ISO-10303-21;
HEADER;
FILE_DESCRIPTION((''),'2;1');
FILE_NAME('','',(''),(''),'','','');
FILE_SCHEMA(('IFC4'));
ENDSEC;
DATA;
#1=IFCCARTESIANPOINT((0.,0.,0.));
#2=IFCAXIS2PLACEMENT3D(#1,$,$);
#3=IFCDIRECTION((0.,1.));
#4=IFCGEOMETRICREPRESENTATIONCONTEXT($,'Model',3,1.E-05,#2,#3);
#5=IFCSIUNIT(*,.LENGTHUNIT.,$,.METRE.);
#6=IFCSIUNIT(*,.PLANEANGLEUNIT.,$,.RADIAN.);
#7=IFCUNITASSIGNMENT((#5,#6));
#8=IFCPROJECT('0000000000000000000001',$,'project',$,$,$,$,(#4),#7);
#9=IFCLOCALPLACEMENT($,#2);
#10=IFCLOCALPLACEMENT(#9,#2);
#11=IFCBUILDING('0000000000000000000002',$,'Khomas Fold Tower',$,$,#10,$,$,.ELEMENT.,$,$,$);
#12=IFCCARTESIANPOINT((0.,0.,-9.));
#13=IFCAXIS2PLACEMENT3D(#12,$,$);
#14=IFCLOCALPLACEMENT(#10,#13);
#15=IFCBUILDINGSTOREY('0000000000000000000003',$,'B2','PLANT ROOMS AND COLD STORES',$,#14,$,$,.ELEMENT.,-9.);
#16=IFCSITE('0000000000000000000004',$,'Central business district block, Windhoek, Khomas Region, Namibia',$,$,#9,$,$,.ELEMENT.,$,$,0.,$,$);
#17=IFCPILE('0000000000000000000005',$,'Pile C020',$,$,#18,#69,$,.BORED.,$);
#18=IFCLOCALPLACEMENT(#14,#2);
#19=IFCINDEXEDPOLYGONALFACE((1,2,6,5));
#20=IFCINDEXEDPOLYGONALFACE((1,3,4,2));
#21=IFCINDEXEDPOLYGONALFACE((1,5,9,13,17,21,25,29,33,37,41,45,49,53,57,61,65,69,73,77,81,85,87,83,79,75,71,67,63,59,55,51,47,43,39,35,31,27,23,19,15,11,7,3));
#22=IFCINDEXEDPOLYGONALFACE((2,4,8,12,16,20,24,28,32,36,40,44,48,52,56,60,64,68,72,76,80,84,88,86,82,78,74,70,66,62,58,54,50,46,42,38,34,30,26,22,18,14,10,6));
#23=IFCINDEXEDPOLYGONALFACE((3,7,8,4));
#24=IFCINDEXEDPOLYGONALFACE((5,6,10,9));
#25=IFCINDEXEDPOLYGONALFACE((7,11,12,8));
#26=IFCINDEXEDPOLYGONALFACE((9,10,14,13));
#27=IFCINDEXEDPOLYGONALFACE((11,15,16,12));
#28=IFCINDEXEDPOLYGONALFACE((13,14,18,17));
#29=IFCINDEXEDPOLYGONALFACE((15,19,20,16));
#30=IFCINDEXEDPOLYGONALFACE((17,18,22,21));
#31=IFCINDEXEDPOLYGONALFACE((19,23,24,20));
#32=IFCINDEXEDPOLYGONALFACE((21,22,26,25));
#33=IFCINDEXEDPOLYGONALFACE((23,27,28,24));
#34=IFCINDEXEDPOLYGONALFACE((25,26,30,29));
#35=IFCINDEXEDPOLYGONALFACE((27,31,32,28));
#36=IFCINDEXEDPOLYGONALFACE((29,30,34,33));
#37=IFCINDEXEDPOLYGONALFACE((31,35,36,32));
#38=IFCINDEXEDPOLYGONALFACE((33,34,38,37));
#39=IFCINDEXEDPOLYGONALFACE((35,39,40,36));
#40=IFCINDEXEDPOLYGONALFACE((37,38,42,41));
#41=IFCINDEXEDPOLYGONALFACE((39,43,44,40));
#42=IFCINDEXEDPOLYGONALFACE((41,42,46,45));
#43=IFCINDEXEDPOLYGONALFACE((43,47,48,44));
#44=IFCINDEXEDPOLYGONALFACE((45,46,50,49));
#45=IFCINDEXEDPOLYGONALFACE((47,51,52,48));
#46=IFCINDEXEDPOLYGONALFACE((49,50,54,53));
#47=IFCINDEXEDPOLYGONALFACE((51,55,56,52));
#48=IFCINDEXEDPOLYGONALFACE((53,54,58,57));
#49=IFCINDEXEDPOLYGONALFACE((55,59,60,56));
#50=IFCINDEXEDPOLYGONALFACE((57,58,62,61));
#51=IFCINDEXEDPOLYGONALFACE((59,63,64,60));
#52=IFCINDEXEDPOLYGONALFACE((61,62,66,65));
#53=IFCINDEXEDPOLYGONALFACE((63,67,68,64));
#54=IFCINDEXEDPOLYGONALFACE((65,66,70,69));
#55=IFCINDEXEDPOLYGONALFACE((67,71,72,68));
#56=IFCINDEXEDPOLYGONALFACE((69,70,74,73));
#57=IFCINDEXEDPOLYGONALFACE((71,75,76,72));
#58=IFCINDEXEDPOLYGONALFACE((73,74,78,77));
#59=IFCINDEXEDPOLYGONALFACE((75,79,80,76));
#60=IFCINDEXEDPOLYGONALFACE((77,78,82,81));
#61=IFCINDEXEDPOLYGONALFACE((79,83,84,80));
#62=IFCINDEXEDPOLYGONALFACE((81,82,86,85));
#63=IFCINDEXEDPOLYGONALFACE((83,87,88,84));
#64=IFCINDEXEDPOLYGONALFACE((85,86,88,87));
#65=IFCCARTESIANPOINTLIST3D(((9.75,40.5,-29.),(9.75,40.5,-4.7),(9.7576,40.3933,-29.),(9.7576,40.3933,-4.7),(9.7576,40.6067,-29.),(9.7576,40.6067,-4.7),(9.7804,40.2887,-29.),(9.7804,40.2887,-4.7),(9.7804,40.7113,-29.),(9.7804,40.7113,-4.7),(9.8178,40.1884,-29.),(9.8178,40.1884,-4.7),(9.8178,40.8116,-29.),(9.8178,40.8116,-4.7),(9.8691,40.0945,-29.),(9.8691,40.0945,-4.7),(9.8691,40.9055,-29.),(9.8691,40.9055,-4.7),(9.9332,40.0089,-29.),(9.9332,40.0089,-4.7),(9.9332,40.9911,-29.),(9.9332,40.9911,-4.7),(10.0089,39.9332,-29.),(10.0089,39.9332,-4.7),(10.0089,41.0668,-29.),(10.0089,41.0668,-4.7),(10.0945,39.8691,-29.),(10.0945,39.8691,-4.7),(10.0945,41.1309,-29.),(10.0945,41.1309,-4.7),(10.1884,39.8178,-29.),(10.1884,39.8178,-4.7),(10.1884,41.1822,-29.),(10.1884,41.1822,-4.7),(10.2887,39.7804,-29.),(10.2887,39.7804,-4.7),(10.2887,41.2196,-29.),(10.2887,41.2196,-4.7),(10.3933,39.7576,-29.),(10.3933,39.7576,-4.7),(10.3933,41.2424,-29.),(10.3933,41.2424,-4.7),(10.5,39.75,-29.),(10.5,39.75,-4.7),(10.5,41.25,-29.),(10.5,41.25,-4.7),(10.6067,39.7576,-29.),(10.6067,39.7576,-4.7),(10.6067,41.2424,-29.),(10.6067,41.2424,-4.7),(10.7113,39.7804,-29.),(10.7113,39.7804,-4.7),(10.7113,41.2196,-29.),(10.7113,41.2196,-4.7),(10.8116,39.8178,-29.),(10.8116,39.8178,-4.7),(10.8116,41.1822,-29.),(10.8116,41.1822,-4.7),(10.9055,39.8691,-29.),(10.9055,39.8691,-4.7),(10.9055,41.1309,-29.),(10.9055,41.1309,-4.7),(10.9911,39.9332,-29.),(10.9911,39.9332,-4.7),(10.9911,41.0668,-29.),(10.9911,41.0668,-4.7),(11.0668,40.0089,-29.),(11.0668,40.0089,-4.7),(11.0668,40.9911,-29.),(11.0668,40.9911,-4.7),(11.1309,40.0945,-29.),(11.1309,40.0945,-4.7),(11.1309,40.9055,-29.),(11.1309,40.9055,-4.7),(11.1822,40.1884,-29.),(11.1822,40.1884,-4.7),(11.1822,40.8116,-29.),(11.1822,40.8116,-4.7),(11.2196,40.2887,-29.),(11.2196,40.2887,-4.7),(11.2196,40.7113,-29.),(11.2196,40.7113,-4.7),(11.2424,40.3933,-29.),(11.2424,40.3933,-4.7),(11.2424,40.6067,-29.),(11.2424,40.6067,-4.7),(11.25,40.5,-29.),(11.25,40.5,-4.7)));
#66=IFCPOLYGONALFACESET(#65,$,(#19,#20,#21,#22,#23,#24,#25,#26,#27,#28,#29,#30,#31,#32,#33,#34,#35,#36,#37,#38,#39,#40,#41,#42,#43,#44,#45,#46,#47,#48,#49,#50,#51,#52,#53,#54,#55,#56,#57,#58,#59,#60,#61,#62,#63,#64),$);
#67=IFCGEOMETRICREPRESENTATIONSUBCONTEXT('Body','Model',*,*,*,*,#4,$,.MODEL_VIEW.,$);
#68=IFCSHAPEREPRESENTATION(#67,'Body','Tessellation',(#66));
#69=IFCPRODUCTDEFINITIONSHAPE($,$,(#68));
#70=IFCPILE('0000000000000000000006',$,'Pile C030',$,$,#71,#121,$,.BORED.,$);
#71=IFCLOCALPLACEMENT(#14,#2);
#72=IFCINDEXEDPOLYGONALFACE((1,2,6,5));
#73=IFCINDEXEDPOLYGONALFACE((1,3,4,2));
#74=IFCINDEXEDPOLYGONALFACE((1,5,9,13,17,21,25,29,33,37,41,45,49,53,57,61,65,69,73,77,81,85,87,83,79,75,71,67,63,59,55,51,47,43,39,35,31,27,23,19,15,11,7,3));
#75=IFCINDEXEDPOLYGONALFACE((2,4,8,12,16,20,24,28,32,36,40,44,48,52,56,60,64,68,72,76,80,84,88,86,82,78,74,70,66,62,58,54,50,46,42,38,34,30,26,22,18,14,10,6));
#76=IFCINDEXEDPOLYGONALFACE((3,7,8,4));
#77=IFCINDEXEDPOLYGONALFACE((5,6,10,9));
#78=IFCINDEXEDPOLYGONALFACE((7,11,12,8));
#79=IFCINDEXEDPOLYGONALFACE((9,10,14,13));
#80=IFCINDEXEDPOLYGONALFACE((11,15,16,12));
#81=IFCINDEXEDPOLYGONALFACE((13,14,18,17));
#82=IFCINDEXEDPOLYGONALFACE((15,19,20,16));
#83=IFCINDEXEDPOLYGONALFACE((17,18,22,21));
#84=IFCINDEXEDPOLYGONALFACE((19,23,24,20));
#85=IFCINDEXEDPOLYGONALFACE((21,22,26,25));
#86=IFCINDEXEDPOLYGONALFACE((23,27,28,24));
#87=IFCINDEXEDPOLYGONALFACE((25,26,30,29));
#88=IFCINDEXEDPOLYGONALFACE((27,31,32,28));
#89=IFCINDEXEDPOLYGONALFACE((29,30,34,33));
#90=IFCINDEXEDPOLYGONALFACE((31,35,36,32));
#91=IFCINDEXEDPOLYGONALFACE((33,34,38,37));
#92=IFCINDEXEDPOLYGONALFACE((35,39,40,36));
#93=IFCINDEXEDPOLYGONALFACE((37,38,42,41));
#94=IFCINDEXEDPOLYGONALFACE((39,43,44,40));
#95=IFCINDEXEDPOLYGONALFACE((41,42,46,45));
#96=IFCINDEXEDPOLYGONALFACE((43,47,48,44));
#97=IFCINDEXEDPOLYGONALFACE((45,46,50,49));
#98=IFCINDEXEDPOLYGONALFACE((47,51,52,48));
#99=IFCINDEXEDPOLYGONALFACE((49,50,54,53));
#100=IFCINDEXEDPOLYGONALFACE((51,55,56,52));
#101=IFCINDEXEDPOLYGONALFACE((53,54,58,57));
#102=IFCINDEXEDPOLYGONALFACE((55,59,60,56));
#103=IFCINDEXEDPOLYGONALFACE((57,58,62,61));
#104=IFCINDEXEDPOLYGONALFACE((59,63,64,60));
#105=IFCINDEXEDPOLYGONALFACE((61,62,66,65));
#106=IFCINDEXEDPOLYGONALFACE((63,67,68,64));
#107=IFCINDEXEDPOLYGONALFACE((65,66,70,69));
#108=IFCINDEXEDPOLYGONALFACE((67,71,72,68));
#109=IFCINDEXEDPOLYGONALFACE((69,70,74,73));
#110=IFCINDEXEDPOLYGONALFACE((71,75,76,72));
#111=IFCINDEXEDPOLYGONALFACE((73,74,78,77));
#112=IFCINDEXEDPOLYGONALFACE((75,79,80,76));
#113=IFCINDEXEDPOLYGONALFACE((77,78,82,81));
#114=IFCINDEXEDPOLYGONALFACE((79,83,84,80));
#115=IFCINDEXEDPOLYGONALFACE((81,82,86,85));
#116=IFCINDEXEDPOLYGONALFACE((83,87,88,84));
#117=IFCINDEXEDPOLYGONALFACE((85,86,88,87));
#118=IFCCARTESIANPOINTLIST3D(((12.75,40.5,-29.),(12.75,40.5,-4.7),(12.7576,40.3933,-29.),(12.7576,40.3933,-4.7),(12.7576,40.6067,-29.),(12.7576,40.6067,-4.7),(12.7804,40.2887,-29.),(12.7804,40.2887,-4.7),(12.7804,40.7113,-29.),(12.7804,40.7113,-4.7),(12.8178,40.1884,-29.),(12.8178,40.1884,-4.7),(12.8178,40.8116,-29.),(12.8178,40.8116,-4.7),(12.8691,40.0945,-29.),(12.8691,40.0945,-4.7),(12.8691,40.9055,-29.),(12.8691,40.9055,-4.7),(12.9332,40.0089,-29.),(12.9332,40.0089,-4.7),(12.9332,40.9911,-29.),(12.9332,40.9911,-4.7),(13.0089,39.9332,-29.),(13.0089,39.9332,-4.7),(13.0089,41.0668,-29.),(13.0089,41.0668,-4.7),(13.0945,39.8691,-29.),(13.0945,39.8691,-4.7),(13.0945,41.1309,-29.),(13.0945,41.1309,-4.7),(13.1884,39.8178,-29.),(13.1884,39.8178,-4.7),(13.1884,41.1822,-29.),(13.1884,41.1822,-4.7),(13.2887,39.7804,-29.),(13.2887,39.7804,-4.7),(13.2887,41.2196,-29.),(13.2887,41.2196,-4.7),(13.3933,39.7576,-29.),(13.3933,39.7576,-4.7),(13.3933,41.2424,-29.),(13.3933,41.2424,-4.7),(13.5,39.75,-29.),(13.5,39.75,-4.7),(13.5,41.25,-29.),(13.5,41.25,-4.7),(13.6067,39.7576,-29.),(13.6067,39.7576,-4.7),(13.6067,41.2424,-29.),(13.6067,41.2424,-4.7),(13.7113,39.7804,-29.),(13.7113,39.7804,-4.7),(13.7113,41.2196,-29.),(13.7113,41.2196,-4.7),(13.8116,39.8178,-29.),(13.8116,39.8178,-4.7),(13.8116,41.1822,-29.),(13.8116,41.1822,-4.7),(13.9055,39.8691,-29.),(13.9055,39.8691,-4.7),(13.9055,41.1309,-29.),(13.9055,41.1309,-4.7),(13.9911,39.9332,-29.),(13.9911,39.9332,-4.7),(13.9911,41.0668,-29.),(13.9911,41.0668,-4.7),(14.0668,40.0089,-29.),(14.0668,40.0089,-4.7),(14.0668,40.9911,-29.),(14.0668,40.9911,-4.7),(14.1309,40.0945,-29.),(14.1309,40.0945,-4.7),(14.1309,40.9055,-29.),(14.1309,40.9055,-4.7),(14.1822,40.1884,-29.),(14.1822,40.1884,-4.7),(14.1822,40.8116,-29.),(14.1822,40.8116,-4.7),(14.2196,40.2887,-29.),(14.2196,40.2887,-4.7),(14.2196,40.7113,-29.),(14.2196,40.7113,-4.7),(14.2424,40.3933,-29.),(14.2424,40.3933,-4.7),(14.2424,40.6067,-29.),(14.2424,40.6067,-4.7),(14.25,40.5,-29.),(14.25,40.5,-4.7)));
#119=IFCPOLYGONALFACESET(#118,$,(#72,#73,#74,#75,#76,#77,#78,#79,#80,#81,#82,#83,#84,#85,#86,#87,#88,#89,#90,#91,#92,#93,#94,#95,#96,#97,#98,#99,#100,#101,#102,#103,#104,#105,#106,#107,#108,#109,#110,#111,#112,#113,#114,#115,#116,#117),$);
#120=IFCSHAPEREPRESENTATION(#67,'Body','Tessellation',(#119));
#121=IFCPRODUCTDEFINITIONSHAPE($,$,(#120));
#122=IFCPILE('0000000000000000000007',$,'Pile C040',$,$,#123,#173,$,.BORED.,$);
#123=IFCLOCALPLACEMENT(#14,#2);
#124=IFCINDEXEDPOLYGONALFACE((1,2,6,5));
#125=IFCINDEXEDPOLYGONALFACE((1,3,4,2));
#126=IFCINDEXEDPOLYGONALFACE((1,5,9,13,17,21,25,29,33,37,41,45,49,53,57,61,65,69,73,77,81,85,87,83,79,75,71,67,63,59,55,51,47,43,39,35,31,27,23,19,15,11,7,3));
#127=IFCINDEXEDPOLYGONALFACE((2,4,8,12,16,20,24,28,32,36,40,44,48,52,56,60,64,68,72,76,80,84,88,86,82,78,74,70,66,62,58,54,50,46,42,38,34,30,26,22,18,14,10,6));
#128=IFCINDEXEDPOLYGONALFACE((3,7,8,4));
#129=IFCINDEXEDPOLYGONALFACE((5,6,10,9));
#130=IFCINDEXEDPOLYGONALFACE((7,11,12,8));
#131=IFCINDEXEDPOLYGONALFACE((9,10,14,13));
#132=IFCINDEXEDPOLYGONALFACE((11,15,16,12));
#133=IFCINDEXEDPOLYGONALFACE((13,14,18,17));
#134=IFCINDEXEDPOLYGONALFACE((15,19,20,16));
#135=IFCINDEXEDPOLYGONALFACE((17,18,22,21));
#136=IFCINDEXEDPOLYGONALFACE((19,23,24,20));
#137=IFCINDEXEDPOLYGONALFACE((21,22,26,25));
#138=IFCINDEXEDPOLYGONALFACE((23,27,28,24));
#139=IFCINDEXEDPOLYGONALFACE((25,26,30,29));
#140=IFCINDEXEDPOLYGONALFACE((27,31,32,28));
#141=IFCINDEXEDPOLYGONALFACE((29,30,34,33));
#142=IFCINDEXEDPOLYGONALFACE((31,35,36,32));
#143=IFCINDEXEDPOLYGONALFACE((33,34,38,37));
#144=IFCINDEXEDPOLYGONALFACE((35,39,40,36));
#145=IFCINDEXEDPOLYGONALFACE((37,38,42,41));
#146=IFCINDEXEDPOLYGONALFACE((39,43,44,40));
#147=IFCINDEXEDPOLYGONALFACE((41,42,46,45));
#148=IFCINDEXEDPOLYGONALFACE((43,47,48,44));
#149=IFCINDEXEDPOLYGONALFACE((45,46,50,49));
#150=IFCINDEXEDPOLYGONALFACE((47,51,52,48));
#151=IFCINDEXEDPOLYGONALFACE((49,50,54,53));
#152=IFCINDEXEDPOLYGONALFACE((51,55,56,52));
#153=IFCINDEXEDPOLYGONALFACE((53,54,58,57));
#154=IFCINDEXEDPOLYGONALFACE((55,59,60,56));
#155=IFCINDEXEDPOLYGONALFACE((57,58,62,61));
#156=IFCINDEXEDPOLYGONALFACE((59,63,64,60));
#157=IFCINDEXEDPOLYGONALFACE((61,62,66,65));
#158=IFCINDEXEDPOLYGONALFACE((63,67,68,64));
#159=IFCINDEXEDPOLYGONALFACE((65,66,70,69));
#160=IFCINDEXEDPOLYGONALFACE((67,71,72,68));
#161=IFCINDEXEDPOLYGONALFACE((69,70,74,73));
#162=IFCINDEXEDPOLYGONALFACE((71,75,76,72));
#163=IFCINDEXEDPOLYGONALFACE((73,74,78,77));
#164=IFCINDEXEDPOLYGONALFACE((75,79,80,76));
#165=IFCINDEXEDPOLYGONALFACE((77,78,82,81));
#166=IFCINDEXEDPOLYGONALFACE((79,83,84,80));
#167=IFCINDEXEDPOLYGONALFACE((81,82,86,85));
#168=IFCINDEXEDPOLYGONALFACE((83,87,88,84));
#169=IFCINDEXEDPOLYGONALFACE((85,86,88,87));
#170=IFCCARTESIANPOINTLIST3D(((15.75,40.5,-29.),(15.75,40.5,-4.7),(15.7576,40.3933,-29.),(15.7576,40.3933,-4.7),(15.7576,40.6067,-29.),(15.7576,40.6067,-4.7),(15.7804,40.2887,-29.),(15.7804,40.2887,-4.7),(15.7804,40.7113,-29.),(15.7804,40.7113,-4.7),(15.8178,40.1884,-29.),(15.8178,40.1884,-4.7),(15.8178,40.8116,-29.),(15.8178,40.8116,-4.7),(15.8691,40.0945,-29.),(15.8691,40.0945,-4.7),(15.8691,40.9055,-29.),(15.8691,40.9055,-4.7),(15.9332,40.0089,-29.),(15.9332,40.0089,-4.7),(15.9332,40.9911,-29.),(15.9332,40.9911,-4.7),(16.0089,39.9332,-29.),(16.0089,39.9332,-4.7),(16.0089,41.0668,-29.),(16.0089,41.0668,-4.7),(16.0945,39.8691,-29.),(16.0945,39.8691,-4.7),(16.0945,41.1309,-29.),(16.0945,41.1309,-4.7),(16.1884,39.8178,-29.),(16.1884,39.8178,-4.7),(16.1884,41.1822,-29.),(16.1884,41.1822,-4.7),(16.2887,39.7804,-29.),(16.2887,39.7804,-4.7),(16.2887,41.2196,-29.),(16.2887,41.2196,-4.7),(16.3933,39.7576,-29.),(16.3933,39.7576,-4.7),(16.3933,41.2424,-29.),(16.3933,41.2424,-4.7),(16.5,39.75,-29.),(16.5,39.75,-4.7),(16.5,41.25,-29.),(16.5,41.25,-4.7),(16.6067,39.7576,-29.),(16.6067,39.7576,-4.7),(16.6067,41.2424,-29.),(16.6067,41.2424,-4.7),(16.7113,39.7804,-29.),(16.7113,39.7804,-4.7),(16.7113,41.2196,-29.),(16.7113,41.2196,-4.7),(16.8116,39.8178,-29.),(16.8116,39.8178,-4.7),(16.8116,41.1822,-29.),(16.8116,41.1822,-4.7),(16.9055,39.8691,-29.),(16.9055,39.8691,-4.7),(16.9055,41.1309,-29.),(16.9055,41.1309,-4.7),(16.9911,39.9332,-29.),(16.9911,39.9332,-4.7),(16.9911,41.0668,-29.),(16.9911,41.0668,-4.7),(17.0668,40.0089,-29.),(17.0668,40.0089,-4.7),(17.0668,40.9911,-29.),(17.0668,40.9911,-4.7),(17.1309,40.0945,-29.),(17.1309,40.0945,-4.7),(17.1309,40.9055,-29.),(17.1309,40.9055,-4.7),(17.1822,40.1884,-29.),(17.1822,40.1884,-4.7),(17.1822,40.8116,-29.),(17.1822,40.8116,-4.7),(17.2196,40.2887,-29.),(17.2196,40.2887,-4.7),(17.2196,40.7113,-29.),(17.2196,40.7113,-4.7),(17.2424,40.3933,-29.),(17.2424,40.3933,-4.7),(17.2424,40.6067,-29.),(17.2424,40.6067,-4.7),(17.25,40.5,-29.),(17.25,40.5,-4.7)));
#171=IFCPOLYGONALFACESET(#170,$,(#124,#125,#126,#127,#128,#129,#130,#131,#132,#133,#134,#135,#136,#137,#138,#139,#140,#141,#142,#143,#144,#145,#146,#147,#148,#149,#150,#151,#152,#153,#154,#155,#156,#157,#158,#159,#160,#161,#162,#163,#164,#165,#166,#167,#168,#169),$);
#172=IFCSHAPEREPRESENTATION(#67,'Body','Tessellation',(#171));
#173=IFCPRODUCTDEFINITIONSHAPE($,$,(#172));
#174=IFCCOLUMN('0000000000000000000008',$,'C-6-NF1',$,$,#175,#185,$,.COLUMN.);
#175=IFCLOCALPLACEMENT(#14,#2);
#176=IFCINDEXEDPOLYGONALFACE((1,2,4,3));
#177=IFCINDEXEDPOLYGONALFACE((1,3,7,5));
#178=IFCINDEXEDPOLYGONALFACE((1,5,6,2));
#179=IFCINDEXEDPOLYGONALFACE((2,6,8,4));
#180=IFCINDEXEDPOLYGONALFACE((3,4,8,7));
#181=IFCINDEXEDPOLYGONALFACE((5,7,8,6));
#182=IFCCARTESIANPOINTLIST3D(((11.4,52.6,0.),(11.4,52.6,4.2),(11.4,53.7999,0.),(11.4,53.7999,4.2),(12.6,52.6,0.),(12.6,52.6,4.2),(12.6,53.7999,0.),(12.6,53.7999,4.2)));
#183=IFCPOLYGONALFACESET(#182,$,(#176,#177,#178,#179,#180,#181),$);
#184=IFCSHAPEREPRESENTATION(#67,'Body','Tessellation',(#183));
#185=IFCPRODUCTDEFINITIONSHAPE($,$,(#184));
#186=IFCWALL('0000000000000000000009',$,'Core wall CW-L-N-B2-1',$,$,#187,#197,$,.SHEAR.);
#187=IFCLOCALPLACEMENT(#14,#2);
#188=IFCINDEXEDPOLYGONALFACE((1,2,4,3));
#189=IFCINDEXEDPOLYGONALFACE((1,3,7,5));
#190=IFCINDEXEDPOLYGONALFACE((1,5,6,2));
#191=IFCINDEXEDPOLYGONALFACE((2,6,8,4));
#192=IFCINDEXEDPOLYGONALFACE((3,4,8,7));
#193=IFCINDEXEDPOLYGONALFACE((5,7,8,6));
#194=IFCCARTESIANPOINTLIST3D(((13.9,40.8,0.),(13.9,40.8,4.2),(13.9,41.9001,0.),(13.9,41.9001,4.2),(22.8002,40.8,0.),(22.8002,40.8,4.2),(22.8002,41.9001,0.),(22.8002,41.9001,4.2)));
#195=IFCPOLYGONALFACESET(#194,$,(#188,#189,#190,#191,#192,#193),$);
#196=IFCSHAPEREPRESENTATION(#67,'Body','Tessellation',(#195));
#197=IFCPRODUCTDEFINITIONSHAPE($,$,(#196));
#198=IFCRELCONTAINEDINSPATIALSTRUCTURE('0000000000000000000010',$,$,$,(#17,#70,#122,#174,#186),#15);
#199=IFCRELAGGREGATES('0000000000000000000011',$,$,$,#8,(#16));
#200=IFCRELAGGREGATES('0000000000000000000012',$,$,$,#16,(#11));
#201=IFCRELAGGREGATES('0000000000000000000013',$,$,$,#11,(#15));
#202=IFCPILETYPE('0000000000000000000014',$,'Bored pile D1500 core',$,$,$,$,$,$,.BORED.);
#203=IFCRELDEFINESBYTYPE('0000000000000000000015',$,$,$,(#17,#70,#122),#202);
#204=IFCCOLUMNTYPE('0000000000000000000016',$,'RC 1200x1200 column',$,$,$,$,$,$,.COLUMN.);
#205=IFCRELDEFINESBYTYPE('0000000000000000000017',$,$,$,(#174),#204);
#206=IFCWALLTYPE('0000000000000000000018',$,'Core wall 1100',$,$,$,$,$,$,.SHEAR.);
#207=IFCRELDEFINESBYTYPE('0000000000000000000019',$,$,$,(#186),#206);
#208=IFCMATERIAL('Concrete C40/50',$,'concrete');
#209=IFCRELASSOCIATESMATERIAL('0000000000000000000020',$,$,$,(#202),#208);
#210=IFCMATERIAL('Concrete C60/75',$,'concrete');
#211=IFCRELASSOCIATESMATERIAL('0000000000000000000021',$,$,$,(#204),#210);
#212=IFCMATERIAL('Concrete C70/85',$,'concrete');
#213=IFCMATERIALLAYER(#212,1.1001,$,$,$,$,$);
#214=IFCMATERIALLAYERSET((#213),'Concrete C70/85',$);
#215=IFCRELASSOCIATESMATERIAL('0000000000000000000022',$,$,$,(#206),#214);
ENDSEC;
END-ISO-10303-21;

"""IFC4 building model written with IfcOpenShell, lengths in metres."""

from ifc_helpers import new_model, si_unit, direction, frame, frame_2d, origin, origin_2d, place, context, subcontext, project, spatial, rectangle, circle, extrude, source, transform, mapped, material, layer, layer_set, material_profile, profile_set, type_object, element, save


model = new_model("IFC4")

# Units and contexts
model_context = context("Model", 3, precision=1e-05, world=origin(), true_north=direction((0.0, 1.0)))
body_context = subcontext(model_context, "Body", "Model", "MODEL_VIEW")
ifc_project = project(units=[si_unit("LENGTHUNIT", "METRE"), si_unit("PLANEANGLEUNIT", "RADIAN")], contexts=[model_context])

# Site, building, storey
site_placement = place(None, origin())
site = spatial("IfcSite", under=ifc_project, at=site_placement, Name="Central business district block, Windhoek, Khomas Region, Namibia", CompositionType="ELEMENT", RefElevation=0.0)
building_placement = place(site_placement, origin())
building = spatial("IfcBuilding", under=site, at=building_placement, Name="Khomas Fold Tower", CompositionType="ELEMENT")
storey_placement = place(building_placement, frame((0.0, 0.0, -9.0)))
storey = spatial("IfcBuildingStorey", under=building, at=storey_placement, Name="B2", Description="PLANT ROOMS AND COLD STORES", CompositionType="ELEMENT", Elevation=-9.0)

# Piles
ifc_material_1 = material(Name="Concrete C40/50", Category="concrete")
ifc_material_profile_1 = material_profile(ifc_material_1, circle(Radius=0.75, at=origin_2d()), Name="PILE D1500")
ifc_profile_set_1 = profile_set([ifc_material_profile_1], Name="Concrete C40/50")
pile_type_1 = type_object("IfcPileType", Name="Bored pile D1500 core", PredefinedType="BORED", material=ifc_profile_set_1)
shared_shape_1 = source(origin(), body_context, "Body", "SweptSolid", [
    extrude(circle(Radius=0.75, at=origin_2d()), origin(), (0.0, 0.0, 1.0), 24.3),
])
for number, where, z_axis, x_axis, name in (
    (1, (10.5, 40.5, -4.7), (0.0, 0.0, -1.0), (1.0, 0.0, 0.0), "Pile C020"),
    (2, (13.5, 40.5, -4.7), (0.0, 0.0, -1.0), (1.0, 0.0, 0.0), "Pile C030"),
    (3, (16.5, 40.5, -4.7), (0.0, 0.0, -1.0), (1.0, 0.0, 0.0), "Pile C040"),
):
    element("IfcPile", number, at=place(storey_placement, frame(where, z_axis=z_axis, x_axis=x_axis)), inside=storey, type_object=pile_type_1, Name=name, PredefinedType="BORED", context=body_context, shape_type="MappedRepresentation", body=[
        mapped(shared_shape_1, transform((0.0, 0.0, 0.0))),
    ])

# Column
ifc_material_2 = material(Name="Concrete C60/75", Category="concrete")
ifc_material_profile_2 = material_profile(ifc_material_2, rectangle(XDim=1.2, YDim=1.2, at=origin_2d()), Name="RC 1200x1200")
ifc_profile_set_2 = profile_set([ifc_material_profile_2], Name="Concrete C60/75")
column_type = type_object("IfcColumnType", Name="RC 1200x1200 column", PredefinedType="COLUMN", material=ifc_profile_set_2)
shared_shape_2 = source(origin(), body_context, "Body", "SweptSolid", [
    extrude(rectangle(XDim=1.2, YDim=1.2, at=origin_2d()), origin(), (0.0, 0.0, 1.0), 4.2),
])
column_placement = place(storey_placement, frame((12.0, 53.2, 0.0), z_axis=(0.0, 0.0, 1.0), x_axis=(1.0, 0.0, 0.0)))
element("IfcColumn", 4, at=column_placement, inside=storey, type_object=column_type, Name="C-6-NF1", PredefinedType="COLUMN", context=body_context, shape_type="MappedRepresentation", body=[
    mapped(shared_shape_2, transform((0.0, 0.0, 0.0))),
])

# Wall
ifc_material_3 = material(Name="Concrete C70/85", Category="concrete")
ifc_layer_1 = layer(ifc_material_3, 1.1001)
ifc_layer_set_1 = layer_set([ifc_layer_1], Name="Concrete C70/85")
wall_type_1 = type_object("IfcWallType", Name="Core wall 1100", PredefinedType="SHEAR", material=ifc_layer_set_1)
shared_shape_3 = source(origin(), body_context, "Body", "SweptSolid", [
    extrude(rectangle(XDim=8.9001, YDim=1.1001, at=frame_2d((4.4502, 0.0))), origin(), (0.0, 0.0, 1.0), 4.2),
])
wall_1_placement = place(storey_placement, frame((13.8999, 41.3501, 0.0), z_axis=(0.0, 0.0, 1.0), x_axis=(1.0, 0.0, 0.0)))
element("IfcWall", 5, at=wall_1_placement, inside=storey, type_object=wall_type_1, Name="Core wall CW-L-N-B2-1", PredefinedType="SHEAR", context=body_context, shape_type="MappedRepresentation", body=[
    mapped(shared_shape_3, transform((0.0, 0.0, 0.0))),
])

save(model, "model.ifc")
